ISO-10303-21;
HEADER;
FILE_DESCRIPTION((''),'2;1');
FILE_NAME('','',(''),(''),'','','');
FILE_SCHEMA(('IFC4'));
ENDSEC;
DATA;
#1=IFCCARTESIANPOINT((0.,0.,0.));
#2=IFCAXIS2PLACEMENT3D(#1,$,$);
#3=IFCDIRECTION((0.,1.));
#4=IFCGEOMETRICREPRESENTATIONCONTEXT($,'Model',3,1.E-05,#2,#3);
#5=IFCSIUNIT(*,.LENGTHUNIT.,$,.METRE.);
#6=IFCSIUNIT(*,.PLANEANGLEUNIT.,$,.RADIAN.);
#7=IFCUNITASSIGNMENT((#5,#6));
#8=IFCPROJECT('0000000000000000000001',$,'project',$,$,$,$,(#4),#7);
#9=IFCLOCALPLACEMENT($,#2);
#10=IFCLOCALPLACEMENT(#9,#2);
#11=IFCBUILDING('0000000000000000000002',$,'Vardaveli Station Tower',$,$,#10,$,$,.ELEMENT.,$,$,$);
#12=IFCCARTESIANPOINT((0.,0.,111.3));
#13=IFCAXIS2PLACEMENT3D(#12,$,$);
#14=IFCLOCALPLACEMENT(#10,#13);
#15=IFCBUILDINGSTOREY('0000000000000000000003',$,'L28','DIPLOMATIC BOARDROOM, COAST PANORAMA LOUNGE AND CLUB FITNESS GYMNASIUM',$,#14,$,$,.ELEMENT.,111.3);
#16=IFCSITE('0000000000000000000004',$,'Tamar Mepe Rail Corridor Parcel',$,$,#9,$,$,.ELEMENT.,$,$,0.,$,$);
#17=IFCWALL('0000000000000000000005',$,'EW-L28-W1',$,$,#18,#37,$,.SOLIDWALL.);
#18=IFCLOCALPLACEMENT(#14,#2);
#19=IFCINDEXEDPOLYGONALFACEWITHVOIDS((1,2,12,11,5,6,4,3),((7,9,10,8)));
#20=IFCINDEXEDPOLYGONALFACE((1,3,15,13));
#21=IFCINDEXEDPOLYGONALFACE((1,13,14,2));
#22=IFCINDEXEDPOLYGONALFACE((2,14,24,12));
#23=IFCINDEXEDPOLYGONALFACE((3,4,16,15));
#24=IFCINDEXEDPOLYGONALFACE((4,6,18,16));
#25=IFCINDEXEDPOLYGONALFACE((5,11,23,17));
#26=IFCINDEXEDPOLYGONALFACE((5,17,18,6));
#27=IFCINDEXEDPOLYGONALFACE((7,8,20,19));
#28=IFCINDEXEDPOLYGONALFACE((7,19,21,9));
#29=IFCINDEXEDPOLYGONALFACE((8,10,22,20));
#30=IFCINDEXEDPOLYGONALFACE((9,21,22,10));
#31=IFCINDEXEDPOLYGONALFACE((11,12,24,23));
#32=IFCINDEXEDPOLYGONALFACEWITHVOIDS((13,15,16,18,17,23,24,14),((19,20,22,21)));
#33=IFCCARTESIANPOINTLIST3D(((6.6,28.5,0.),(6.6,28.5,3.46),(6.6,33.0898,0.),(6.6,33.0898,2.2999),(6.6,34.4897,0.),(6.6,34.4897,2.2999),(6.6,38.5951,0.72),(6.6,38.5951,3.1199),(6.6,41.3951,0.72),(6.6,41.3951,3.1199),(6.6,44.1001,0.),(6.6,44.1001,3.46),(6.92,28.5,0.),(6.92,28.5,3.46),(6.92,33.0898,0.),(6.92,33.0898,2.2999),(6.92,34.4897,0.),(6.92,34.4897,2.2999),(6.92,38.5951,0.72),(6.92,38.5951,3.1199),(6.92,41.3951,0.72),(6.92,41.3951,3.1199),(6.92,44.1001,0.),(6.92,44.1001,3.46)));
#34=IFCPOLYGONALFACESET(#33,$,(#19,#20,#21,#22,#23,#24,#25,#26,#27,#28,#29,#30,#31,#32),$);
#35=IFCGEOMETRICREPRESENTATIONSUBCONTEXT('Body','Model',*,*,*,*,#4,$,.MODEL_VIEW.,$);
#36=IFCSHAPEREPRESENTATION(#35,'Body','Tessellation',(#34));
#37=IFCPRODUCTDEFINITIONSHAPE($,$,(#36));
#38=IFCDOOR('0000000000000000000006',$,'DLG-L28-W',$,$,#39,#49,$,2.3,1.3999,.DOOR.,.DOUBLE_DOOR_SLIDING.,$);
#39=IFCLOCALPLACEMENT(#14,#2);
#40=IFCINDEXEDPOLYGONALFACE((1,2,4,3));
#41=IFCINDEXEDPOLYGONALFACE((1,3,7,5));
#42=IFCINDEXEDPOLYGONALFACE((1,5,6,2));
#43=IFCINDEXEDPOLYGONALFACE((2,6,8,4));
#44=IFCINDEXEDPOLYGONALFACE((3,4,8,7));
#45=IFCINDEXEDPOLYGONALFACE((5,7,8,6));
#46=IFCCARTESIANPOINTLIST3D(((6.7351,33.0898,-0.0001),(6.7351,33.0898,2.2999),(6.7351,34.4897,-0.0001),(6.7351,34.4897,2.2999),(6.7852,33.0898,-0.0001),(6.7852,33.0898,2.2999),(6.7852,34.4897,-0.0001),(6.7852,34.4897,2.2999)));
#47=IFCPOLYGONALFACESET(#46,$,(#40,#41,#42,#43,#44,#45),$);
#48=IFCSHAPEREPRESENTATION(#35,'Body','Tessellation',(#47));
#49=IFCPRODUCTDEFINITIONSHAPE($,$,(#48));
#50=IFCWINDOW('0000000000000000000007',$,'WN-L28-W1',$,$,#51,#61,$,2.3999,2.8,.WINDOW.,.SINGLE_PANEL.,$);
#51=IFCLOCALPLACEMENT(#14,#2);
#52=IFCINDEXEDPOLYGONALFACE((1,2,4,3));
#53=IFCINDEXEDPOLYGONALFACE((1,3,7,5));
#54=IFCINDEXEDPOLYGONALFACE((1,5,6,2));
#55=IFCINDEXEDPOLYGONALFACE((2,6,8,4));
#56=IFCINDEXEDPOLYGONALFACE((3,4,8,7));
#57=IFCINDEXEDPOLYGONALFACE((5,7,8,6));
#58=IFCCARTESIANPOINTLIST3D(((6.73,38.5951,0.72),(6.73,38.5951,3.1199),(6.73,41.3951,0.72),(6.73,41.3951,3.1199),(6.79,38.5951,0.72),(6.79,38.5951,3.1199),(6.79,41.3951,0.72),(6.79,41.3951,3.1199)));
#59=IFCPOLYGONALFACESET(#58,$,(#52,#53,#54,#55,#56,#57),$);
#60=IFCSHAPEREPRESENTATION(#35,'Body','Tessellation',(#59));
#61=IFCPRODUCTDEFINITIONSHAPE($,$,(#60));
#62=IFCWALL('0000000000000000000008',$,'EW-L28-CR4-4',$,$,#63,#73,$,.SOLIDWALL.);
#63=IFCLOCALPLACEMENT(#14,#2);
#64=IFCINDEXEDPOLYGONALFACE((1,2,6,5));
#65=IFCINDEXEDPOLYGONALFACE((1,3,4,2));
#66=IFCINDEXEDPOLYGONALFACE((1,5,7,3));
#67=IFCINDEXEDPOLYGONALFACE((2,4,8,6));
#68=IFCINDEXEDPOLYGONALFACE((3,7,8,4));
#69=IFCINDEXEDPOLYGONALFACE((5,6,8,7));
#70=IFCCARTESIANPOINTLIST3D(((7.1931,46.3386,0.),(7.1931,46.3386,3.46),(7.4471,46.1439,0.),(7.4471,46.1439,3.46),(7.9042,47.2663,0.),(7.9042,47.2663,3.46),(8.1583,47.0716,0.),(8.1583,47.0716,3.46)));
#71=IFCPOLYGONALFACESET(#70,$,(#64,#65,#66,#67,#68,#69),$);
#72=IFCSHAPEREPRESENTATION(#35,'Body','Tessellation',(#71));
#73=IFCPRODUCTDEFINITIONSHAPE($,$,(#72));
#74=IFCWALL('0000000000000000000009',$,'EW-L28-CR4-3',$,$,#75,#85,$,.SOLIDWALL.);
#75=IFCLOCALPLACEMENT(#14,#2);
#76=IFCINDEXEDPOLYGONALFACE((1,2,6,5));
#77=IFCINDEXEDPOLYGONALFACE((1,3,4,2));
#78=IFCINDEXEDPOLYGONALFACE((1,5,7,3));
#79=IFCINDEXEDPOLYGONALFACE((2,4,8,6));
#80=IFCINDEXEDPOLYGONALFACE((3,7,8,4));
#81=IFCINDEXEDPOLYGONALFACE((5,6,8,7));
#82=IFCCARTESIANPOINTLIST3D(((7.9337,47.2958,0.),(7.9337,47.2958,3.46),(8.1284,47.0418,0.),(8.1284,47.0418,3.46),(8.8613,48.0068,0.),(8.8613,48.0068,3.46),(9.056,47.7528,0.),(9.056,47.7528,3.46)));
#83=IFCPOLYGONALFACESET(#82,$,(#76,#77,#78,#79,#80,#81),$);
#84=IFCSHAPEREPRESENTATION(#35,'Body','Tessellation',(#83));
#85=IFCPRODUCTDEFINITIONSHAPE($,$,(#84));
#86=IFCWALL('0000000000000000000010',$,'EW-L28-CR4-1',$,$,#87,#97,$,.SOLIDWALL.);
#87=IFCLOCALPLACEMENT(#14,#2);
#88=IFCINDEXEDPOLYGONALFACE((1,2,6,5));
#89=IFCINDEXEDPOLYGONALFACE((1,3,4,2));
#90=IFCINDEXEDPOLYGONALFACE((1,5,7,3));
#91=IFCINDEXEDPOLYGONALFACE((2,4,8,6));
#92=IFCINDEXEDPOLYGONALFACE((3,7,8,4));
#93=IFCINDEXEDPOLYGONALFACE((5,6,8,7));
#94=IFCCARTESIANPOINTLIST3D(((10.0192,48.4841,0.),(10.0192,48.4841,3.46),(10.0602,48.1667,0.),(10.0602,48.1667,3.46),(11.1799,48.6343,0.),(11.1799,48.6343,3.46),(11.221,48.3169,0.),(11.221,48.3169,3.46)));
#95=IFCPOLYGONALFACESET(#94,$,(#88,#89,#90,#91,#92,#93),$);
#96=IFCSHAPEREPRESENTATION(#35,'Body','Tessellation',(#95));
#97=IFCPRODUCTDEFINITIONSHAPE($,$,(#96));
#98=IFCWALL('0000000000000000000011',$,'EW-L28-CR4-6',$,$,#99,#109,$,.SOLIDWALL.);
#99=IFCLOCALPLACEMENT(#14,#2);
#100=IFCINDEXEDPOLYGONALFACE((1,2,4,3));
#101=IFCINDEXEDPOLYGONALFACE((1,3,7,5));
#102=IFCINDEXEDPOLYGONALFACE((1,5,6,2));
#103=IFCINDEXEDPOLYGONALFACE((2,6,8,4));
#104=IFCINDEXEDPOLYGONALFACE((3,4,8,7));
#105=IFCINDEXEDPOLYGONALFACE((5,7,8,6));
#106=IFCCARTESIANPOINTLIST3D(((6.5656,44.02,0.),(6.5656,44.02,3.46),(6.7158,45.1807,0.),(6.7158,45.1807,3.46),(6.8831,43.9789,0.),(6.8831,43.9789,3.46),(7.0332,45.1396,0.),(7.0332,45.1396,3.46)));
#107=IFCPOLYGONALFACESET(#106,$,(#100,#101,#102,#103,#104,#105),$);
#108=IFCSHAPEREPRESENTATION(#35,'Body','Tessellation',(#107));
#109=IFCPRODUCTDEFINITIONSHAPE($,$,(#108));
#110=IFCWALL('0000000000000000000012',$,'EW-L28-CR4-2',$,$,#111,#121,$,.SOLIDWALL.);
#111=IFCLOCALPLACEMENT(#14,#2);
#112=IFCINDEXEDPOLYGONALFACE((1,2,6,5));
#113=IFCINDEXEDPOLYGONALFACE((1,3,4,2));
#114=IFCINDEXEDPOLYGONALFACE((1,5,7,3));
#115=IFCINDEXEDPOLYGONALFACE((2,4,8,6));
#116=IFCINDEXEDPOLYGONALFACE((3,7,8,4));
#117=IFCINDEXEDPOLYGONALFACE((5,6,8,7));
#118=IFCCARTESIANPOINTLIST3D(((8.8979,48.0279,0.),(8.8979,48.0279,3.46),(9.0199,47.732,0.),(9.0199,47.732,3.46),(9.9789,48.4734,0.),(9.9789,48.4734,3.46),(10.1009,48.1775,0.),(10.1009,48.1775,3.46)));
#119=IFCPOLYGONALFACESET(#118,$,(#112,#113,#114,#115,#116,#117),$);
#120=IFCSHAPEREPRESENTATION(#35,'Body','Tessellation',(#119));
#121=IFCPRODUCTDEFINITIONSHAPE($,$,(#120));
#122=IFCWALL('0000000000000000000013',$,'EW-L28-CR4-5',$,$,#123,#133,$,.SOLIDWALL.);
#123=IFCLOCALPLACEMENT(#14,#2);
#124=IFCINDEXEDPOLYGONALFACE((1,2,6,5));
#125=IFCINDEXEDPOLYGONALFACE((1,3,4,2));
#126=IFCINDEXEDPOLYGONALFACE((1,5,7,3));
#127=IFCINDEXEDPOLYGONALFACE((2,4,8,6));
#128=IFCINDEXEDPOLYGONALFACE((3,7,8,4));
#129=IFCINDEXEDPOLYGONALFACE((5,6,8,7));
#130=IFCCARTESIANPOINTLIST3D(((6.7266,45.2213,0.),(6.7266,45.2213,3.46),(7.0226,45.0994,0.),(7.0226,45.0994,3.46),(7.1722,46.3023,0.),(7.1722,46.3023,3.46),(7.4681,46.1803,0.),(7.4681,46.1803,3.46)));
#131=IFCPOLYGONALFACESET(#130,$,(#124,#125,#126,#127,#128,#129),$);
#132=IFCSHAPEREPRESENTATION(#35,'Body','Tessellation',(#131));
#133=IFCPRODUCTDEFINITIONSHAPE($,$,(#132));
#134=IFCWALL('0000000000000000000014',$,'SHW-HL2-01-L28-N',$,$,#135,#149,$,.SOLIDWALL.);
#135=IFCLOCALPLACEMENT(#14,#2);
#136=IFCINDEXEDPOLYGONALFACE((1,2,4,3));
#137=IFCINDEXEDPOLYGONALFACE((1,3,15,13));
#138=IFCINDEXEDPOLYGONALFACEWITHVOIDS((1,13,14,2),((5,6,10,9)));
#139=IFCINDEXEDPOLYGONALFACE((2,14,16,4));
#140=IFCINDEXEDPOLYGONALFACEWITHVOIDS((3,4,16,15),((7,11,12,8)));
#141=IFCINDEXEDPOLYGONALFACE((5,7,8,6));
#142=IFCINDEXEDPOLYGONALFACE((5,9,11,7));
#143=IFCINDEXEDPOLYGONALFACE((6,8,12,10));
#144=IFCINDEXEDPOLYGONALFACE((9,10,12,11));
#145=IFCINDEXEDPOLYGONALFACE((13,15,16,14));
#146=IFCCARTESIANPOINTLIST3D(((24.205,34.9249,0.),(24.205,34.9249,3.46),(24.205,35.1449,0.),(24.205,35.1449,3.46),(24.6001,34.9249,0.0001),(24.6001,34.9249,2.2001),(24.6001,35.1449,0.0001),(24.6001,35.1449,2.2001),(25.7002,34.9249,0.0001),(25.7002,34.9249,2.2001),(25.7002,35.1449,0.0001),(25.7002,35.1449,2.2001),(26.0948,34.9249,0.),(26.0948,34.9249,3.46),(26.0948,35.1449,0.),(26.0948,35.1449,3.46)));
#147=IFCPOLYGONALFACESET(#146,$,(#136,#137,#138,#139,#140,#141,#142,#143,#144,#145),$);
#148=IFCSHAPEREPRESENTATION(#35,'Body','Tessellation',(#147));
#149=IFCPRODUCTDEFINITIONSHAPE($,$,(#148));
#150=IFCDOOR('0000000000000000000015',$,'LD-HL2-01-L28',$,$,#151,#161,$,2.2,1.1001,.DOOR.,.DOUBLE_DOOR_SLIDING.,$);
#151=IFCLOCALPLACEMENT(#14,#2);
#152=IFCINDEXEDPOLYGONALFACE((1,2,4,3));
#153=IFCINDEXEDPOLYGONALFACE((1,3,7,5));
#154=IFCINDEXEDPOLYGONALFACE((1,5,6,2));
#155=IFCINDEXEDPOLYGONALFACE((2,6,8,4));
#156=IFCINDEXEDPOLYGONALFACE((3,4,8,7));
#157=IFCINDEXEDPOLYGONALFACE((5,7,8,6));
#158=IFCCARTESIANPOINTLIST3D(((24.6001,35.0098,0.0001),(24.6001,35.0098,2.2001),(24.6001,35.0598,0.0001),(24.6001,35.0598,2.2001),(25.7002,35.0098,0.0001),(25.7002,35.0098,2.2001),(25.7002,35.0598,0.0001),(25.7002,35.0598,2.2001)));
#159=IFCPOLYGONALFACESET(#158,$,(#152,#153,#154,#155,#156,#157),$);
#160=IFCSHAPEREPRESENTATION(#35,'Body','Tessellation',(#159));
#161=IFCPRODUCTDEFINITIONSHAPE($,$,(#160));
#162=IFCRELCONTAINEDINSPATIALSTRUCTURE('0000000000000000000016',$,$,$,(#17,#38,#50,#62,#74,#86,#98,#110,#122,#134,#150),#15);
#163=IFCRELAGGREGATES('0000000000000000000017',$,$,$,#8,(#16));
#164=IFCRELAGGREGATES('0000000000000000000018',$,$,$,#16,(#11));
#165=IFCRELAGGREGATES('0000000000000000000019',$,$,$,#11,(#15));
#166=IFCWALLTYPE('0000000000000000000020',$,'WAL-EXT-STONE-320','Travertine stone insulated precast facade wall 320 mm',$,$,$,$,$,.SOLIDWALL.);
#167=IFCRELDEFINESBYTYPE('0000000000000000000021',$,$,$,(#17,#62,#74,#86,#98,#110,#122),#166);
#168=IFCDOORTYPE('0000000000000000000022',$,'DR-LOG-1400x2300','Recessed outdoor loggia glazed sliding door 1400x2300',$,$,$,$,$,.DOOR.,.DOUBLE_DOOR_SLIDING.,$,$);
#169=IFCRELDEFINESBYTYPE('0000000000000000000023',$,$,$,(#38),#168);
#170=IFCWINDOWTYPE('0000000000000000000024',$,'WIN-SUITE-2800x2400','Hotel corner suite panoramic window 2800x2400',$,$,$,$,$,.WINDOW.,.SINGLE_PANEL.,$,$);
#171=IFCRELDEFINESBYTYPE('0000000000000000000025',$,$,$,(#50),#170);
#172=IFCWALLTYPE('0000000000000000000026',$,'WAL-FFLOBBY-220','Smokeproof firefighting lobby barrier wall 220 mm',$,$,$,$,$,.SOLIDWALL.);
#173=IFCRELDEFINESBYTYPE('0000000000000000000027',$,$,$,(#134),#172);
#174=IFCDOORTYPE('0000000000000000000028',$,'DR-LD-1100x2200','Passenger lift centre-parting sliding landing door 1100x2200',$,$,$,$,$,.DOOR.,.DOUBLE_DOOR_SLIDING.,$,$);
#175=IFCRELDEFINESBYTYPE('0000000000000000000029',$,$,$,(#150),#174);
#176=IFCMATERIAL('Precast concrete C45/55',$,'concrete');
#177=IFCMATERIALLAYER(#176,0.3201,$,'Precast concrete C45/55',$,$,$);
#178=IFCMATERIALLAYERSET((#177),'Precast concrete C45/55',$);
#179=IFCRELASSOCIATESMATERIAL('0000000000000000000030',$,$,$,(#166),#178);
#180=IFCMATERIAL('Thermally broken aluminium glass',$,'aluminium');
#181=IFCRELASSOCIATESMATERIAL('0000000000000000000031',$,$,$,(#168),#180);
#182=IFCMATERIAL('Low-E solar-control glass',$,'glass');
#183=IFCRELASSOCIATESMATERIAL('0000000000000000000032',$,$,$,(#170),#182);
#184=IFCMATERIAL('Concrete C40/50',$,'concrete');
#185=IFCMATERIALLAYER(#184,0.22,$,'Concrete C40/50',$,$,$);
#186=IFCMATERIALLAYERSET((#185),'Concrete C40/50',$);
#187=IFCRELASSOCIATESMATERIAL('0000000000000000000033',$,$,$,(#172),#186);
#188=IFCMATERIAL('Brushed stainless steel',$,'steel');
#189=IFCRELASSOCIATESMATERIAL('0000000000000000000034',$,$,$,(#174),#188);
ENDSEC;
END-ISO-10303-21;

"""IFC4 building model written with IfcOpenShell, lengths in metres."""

from ifc_helpers import new_model, si_unit, direction, frame, frame_2d, origin, place, context, subcontext, project, spatial, rectangle, extrude, source, transform, mapped, material, layer, layer_set, type_object, element, fill, save


model = new_model("IFC4")

# Units and contexts
model_context = context("Model", 3, precision=1e-05, world=origin(), true_north=direction((0.0, 1.0)))
body_context = subcontext(model_context, "Body", "Model", "MODEL_VIEW")
ifc_project = project(units=[si_unit("LENGTHUNIT", "METRE"), si_unit("PLANEANGLEUNIT", "RADIAN")], contexts=[model_context])

# Site, building, storey
site_placement = place(None, origin())
site = spatial("IfcSite", under=ifc_project, at=site_placement, Name="Tamar Mepe Rail Corridor Parcel", CompositionType="ELEMENT", RefElevation=0.0)
building_placement = place(site_placement, origin())
building = spatial("IfcBuilding", under=site, at=building_placement, Name="Vardaveli Station Tower", CompositionType="ELEMENT")
storey_placement = place(building_placement, frame((0.0, 0.0, 111.3)))
storey = spatial("IfcBuildingStorey", under=building, at=storey_placement, Name="L28", Description="DIPLOMATIC BOARDROOM, COAST PANORAMA LOUNGE AND CLUB FITNESS GYMNASIUM", CompositionType="ELEMENT", Elevation=111.3)

# Shared definitions
ifc_material_1 = material(Name="Precast concrete C45/55", Category="concrete")

# Wall, openings, door, window
ifc_layer_1 = layer(ifc_material_1, 0.3201, Name="Precast concrete C45/55")
ifc_layer_set_1 = layer_set([ifc_layer_1], Name="Precast concrete C45/55")
wall_type_1 = type_object("IfcWallType", Name="WAL-EXT-STONE-320", Description="Travertine stone insulated precast facade wall 320 mm", PredefinedType="SOLIDWALL", material=ifc_layer_set_1)
shared_shape_1 = source(origin(), body_context, "Body", "SweptSolid", [
    extrude(rectangle(XDim=15.6001, YDim=0.3201, at=frame_2d((7.8, 0.0))), origin(), (0.0, 0.0, 1.0), 3.46),
])
wall_1_placement = place(storey_placement, frame((6.76, 44.1001, 0.0), z_axis=(0.0, 0.0, 1.0), x_axis=(0.0, -1.0, 0.0)))
wall_1 = element("IfcWall", 1, at=wall_1_placement, inside=storey, type_object=wall_type_1, Name="EW-L28-W1", PredefinedType="SOLIDWALL", context=body_context, shape_type="MappedRepresentation", body=[
    mapped(shared_shape_1, transform((0.0, 0.0, 0.0), scale=1.0)),
])
shared_shape_2 = source(origin(), body_context, "Body", "SweptSolid", [
    extrude(rectangle(XDim=1.3999, YDim=2.3, at=frame_2d((0.7, 1.1499))), frame((0.0, 0.1699, 0.0), z_axis=(0.0, -1.0, 0.0), x_axis=(1.0, 0.0, 0.0)), (0.0, 0.0, 1.0), 0.3401),
])
opening_1_placement = place(wall_1_placement, frame((9.6104, 0.0, 0.0)))
opening_1 = element("IfcOpeningElement", 2, at=opening_1_placement, cuts=wall_1, PredefinedType="OPENING", context=body_context, shape_type="MappedRepresentation", body=[
    mapped(shared_shape_2, transform((0.0, 0.0, 0.0), scale=1.0)),
])
shared_shape_3 = source(origin(), body_context, "Body", "SweptSolid", [
    extrude(rectangle(XDim=2.8, YDim=2.3999, at=frame_2d((1.3999, 1.2))), frame((0.0, 0.1699, 0.0), z_axis=(0.0, -1.0, 0.0), x_axis=(1.0, 0.0, 0.0)), (0.0, 0.0, 1.0), 0.3401),
])
opening_2_placement = place(wall_1_placement, frame((2.7051, 0.0, 0.72)))
opening_2 = element("IfcOpeningElement", 3, at=opening_2_placement, cuts=wall_1, PredefinedType="OPENING", context=body_context, shape_type="MappedRepresentation", body=[
    mapped(shared_shape_3, transform((0.0, 0.0, 0.0), scale=1.0)),
])
ifc_material_2 = material(Name="Thermally broken aluminium glass", Category="aluminium")
door_type_1 = type_object("IfcDoorType", Name="DR-LOG-1400x2300", Description="Recessed outdoor loggia glazed sliding door 1400x2300", OperationType="DOUBLE_DOOR_SLIDING", PredefinedType="DOOR", material=ifc_material_2)
shared_shape_4 = source(origin(), body_context, "Body", "SweptSolid", [
    extrude(rectangle(XDim=1.3999, YDim=2.3, at=frame_2d((0.7, 1.1499))), frame((0.0, 0.0249, 0.0), z_axis=(0.0, -1.0, 0.0), x_axis=(1.0, 0.0, 0.0)), (0.0, 0.0, 1.0), 0.05),
])
door_1_placement = place(opening_1_placement, frame((1.3999, 0.0, 0.0), z_axis=(0.0, 0.0, 1.0), x_axis=(-1.0, 0.0, 0.0)))
door_1 = element("IfcDoor", 4, at=door_1_placement, inside=storey, type_object=door_type_1, Name="DLG-L28-W", OperationType="DOUBLE_DOOR_SLIDING", OverallHeight=2.3, OverallWidth=1.3999, PredefinedType="DOOR", context=body_context, shape_type="MappedRepresentation", body=[
    mapped(shared_shape_4, transform((0.0, 0.0, 0.0), scale=1.0)),
])
fill(opening_1, door_1)
ifc_material_3 = material(Name="Low-E solar-control glass", Category="glass")
window_type = type_object("IfcWindowType", Name="WIN-SUITE-2800x2400", Description="Hotel corner suite panoramic window 2800x2400", PartitioningType="SINGLE_PANEL", PredefinedType="WINDOW", material=ifc_material_3)
shared_shape_5 = source(origin(), body_context, "Body", "SweptSolid", [
    extrude(rectangle(XDim=2.8, YDim=2.3999, at=frame_2d((1.3999, 1.2))), frame((0.0, 0.03, 0.0), z_axis=(0.0, -1.0, 0.0), x_axis=(1.0, 0.0, 0.0)), (0.0, 0.0, 1.0), 0.0601),
])
window_placement = place(opening_2_placement, origin())
window = element("IfcWindow", 5, at=window_placement, inside=storey, type_object=window_type, Name="WN-L28-W1", OverallHeight=2.3999, OverallWidth=2.8, PartitioningType="SINGLE_PANEL", PredefinedType="WINDOW", context=body_context, shape_type="MappedRepresentation", body=[
    mapped(shared_shape_5, transform((0.0, 0.0, 0.0), scale=1.0)),
])
fill(opening_2, window)

# Walls
shared_shape_6 = source(origin(), body_context, "Body", "SweptSolid", [
    extrude(rectangle(XDim=1.1689, YDim=0.3201, at=frame_2d((0.5845, 0.0))), origin(), (0.0, 0.0, 1.0), 3.46),
])
wall_2_placement = place(storey_placement, frame((8.0312, 47.1689, 0.0), z_axis=(0.0, 0.0, 1.0), x_axis=(-0.608388, -0.79364, 0.0)))
element("IfcWall", 6, at=wall_2_placement, inside=storey, type_object=wall_type_1, Name="EW-L28-CR4-4", PredefinedType="SOLIDWALL", context=body_context, shape_type="MappedRepresentation", body=[
    mapped(shared_shape_6, transform((0.0, 0.0, 0.0), scale=1.0)),
])
shared_shape_7 = source(origin(), body_context, "Body", "SweptSolid", [
    extrude(rectangle(XDim=1.1687, YDim=0.3201, at=frame_2d((0.5845, 0.0))), origin(), (0.0, 0.0, 1.0), 3.46),
])
wall_3_placement = place(storey_placement, frame((8.9587, 47.8799, 0.0), z_axis=(0.0, 0.0, 1.0), x_axis=(-0.793664, -0.608357, 0.0)))
element("IfcWall", 7, at=wall_3_placement, inside=storey, type_object=wall_type_1, Name="EW-L28-CR4-3", PredefinedType="SOLIDWALL", context=body_context, shape_type="MappedRepresentation", body=[
    mapped(shared_shape_7, transform((0.0, 0.0, 0.0), scale=1.0)),
])
shared_shape_8 = source(origin(), body_context, "Body", "SweptSolid", [
    extrude(rectangle(XDim=1.1704, YDim=0.3201, at=frame_2d((0.5852, 0.0))), origin(), (0.0, 0.0, 1.0), 3.46),
])
for number, where, z_axis, x_axis, name in (
    (8, (11.2004, 48.4756, 0.0), (0.0, 0.0, 1.0), (-0.991736, -0.128296, 0.0), "EW-L28-CR4-1"),
    (9, (6.8745, 45.1602, 0.0), (0.0, 0.0, 1.0), (-0.128296, -0.991736, 0.0), "EW-L28-CR4-6"),
):
    element("IfcWall", number, at=place(storey_placement, frame(where, z_axis=z_axis, x_axis=x_axis)), inside=storey, type_object=wall_type_1, Name=name, PredefinedType="SOLIDWALL", context=body_context, shape_type="MappedRepresentation", body=[
        mapped(shared_shape_8, transform((0.0, 0.0, 0.0), scale=1.0)),
    ])
shared_shape_9 = source(origin(), body_context, "Body", "SweptSolid", [
    extrude(rectangle(XDim=1.1692, YDim=0.3201, at=frame_2d((0.5845, 0.0))), origin(), (0.0, 0.0, 1.0), 3.46),
])
for number, where, z_axis, x_axis, name in (
    (10, (10.0398, 48.3254, 0.0), (0.0, 0.0, 1.0), (-0.924553, -0.381054, 0.0), "EW-L28-CR4-2"),
    (11, (7.3201, 46.2412, 0.0), (0.0, 0.0, 1.0), (-0.381054, -0.924553, 0.0), "EW-L28-CR4-5"),
):
    element("IfcWall", number, at=place(storey_placement, frame(where, z_axis=z_axis, x_axis=x_axis)), inside=storey, type_object=wall_type_1, Name=name, PredefinedType="SOLIDWALL", context=body_context, shape_type="MappedRepresentation", body=[
        mapped(shared_shape_9, transform((0.0, 0.0, 0.0), scale=1.0)),
    ])

# Wall, opening, door
ifc_material_4 = material(Name="Concrete C40/50", Category="concrete")
ifc_layer_2 = layer(ifc_material_4, 0.22, Name="Concrete C40/50")
ifc_layer_set_2 = layer_set([ifc_layer_2], Name="Concrete C40/50")
wall_type_2 = type_object("IfcWallType", Name="WAL-FFLOBBY-220", Description="Smokeproof firefighting lobby barrier wall 220 mm", PredefinedType="SOLIDWALL", material=ifc_layer_set_2)
shared_shape_10 = source(origin(), body_context, "Body", "SweptSolid", [
    extrude(rectangle(XDim=1.8899, YDim=0.22, at=frame_2d((0.9448, 0.0))), origin(), (0.0, 0.0, 1.0), 3.46),
])
wall_4_placement = place(storey_placement, frame((24.2051, 35.0349, 0.0), z_axis=(0.0, 0.0, 1.0), x_axis=(1.0, 0.0, 0.0)))
wall_4 = element("IfcWall", 12, at=wall_4_placement, inside=storey, type_object=wall_type_2, Name="SHW-HL2-01-L28-N", PredefinedType="SOLIDWALL", context=body_context, shape_type="MappedRepresentation", body=[
    mapped(shared_shape_10, transform((0.0, 0.0, 0.0), scale=1.0)),
])
shared_shape_11 = source(origin(), body_context, "Body", "SweptSolid", [
    extrude(rectangle(XDim=1.1001, YDim=2.2, at=frame_2d((0.55, 1.1001))), frame((0.0, 0.1201, 0.0), z_axis=(0.0, -1.0, 0.0), x_axis=(1.0, 0.0, 0.0)), (0.0, 0.0, 1.0), 0.24),
])
opening_3_placement = place(wall_4_placement, frame((0.395, 0.0, 0.0)))
opening_3 = element("IfcOpeningElement", 13, at=opening_3_placement, cuts=wall_4, PredefinedType="OPENING", context=body_context, shape_type="MappedRepresentation", body=[
    mapped(shared_shape_11, transform((0.0, 0.0, 0.0), scale=1.0)),
])
ifc_material_5 = material(Name="Brushed stainless steel", Category="steel")
door_type_2 = type_object("IfcDoorType", Name="DR-LD-1100x2200", Description="Passenger lift centre-parting sliding landing door 1100x2200", OperationType="DOUBLE_DOOR_SLIDING", PredefinedType="DOOR", material=ifc_material_5)
shared_shape_12 = source(origin(), body_context, "Body", "SweptSolid", [
    extrude(rectangle(XDim=1.1001, YDim=2.2, at=frame_2d((0.55, 1.1001))), frame((0.0, 0.0249, 0.0), z_axis=(0.0, -1.0, 0.0), x_axis=(1.0, 0.0, 0.0)), (0.0, 0.0, 1.0), 0.05),
])
door_2_placement = place(opening_3_placement, origin())
door_2 = element("IfcDoor", 14, at=door_2_placement, inside=storey, type_object=door_type_2, Name="LD-HL2-01-L28", OperationType="DOUBLE_DOOR_SLIDING", OverallHeight=2.2, OverallWidth=1.1001, PredefinedType="DOOR", context=body_context, shape_type="MappedRepresentation", body=[
    mapped(shared_shape_12, transform((0.0, 0.0, 0.0), scale=1.0)),
])
fill(opening_3, door_2)

save(model, "model.ifc")
